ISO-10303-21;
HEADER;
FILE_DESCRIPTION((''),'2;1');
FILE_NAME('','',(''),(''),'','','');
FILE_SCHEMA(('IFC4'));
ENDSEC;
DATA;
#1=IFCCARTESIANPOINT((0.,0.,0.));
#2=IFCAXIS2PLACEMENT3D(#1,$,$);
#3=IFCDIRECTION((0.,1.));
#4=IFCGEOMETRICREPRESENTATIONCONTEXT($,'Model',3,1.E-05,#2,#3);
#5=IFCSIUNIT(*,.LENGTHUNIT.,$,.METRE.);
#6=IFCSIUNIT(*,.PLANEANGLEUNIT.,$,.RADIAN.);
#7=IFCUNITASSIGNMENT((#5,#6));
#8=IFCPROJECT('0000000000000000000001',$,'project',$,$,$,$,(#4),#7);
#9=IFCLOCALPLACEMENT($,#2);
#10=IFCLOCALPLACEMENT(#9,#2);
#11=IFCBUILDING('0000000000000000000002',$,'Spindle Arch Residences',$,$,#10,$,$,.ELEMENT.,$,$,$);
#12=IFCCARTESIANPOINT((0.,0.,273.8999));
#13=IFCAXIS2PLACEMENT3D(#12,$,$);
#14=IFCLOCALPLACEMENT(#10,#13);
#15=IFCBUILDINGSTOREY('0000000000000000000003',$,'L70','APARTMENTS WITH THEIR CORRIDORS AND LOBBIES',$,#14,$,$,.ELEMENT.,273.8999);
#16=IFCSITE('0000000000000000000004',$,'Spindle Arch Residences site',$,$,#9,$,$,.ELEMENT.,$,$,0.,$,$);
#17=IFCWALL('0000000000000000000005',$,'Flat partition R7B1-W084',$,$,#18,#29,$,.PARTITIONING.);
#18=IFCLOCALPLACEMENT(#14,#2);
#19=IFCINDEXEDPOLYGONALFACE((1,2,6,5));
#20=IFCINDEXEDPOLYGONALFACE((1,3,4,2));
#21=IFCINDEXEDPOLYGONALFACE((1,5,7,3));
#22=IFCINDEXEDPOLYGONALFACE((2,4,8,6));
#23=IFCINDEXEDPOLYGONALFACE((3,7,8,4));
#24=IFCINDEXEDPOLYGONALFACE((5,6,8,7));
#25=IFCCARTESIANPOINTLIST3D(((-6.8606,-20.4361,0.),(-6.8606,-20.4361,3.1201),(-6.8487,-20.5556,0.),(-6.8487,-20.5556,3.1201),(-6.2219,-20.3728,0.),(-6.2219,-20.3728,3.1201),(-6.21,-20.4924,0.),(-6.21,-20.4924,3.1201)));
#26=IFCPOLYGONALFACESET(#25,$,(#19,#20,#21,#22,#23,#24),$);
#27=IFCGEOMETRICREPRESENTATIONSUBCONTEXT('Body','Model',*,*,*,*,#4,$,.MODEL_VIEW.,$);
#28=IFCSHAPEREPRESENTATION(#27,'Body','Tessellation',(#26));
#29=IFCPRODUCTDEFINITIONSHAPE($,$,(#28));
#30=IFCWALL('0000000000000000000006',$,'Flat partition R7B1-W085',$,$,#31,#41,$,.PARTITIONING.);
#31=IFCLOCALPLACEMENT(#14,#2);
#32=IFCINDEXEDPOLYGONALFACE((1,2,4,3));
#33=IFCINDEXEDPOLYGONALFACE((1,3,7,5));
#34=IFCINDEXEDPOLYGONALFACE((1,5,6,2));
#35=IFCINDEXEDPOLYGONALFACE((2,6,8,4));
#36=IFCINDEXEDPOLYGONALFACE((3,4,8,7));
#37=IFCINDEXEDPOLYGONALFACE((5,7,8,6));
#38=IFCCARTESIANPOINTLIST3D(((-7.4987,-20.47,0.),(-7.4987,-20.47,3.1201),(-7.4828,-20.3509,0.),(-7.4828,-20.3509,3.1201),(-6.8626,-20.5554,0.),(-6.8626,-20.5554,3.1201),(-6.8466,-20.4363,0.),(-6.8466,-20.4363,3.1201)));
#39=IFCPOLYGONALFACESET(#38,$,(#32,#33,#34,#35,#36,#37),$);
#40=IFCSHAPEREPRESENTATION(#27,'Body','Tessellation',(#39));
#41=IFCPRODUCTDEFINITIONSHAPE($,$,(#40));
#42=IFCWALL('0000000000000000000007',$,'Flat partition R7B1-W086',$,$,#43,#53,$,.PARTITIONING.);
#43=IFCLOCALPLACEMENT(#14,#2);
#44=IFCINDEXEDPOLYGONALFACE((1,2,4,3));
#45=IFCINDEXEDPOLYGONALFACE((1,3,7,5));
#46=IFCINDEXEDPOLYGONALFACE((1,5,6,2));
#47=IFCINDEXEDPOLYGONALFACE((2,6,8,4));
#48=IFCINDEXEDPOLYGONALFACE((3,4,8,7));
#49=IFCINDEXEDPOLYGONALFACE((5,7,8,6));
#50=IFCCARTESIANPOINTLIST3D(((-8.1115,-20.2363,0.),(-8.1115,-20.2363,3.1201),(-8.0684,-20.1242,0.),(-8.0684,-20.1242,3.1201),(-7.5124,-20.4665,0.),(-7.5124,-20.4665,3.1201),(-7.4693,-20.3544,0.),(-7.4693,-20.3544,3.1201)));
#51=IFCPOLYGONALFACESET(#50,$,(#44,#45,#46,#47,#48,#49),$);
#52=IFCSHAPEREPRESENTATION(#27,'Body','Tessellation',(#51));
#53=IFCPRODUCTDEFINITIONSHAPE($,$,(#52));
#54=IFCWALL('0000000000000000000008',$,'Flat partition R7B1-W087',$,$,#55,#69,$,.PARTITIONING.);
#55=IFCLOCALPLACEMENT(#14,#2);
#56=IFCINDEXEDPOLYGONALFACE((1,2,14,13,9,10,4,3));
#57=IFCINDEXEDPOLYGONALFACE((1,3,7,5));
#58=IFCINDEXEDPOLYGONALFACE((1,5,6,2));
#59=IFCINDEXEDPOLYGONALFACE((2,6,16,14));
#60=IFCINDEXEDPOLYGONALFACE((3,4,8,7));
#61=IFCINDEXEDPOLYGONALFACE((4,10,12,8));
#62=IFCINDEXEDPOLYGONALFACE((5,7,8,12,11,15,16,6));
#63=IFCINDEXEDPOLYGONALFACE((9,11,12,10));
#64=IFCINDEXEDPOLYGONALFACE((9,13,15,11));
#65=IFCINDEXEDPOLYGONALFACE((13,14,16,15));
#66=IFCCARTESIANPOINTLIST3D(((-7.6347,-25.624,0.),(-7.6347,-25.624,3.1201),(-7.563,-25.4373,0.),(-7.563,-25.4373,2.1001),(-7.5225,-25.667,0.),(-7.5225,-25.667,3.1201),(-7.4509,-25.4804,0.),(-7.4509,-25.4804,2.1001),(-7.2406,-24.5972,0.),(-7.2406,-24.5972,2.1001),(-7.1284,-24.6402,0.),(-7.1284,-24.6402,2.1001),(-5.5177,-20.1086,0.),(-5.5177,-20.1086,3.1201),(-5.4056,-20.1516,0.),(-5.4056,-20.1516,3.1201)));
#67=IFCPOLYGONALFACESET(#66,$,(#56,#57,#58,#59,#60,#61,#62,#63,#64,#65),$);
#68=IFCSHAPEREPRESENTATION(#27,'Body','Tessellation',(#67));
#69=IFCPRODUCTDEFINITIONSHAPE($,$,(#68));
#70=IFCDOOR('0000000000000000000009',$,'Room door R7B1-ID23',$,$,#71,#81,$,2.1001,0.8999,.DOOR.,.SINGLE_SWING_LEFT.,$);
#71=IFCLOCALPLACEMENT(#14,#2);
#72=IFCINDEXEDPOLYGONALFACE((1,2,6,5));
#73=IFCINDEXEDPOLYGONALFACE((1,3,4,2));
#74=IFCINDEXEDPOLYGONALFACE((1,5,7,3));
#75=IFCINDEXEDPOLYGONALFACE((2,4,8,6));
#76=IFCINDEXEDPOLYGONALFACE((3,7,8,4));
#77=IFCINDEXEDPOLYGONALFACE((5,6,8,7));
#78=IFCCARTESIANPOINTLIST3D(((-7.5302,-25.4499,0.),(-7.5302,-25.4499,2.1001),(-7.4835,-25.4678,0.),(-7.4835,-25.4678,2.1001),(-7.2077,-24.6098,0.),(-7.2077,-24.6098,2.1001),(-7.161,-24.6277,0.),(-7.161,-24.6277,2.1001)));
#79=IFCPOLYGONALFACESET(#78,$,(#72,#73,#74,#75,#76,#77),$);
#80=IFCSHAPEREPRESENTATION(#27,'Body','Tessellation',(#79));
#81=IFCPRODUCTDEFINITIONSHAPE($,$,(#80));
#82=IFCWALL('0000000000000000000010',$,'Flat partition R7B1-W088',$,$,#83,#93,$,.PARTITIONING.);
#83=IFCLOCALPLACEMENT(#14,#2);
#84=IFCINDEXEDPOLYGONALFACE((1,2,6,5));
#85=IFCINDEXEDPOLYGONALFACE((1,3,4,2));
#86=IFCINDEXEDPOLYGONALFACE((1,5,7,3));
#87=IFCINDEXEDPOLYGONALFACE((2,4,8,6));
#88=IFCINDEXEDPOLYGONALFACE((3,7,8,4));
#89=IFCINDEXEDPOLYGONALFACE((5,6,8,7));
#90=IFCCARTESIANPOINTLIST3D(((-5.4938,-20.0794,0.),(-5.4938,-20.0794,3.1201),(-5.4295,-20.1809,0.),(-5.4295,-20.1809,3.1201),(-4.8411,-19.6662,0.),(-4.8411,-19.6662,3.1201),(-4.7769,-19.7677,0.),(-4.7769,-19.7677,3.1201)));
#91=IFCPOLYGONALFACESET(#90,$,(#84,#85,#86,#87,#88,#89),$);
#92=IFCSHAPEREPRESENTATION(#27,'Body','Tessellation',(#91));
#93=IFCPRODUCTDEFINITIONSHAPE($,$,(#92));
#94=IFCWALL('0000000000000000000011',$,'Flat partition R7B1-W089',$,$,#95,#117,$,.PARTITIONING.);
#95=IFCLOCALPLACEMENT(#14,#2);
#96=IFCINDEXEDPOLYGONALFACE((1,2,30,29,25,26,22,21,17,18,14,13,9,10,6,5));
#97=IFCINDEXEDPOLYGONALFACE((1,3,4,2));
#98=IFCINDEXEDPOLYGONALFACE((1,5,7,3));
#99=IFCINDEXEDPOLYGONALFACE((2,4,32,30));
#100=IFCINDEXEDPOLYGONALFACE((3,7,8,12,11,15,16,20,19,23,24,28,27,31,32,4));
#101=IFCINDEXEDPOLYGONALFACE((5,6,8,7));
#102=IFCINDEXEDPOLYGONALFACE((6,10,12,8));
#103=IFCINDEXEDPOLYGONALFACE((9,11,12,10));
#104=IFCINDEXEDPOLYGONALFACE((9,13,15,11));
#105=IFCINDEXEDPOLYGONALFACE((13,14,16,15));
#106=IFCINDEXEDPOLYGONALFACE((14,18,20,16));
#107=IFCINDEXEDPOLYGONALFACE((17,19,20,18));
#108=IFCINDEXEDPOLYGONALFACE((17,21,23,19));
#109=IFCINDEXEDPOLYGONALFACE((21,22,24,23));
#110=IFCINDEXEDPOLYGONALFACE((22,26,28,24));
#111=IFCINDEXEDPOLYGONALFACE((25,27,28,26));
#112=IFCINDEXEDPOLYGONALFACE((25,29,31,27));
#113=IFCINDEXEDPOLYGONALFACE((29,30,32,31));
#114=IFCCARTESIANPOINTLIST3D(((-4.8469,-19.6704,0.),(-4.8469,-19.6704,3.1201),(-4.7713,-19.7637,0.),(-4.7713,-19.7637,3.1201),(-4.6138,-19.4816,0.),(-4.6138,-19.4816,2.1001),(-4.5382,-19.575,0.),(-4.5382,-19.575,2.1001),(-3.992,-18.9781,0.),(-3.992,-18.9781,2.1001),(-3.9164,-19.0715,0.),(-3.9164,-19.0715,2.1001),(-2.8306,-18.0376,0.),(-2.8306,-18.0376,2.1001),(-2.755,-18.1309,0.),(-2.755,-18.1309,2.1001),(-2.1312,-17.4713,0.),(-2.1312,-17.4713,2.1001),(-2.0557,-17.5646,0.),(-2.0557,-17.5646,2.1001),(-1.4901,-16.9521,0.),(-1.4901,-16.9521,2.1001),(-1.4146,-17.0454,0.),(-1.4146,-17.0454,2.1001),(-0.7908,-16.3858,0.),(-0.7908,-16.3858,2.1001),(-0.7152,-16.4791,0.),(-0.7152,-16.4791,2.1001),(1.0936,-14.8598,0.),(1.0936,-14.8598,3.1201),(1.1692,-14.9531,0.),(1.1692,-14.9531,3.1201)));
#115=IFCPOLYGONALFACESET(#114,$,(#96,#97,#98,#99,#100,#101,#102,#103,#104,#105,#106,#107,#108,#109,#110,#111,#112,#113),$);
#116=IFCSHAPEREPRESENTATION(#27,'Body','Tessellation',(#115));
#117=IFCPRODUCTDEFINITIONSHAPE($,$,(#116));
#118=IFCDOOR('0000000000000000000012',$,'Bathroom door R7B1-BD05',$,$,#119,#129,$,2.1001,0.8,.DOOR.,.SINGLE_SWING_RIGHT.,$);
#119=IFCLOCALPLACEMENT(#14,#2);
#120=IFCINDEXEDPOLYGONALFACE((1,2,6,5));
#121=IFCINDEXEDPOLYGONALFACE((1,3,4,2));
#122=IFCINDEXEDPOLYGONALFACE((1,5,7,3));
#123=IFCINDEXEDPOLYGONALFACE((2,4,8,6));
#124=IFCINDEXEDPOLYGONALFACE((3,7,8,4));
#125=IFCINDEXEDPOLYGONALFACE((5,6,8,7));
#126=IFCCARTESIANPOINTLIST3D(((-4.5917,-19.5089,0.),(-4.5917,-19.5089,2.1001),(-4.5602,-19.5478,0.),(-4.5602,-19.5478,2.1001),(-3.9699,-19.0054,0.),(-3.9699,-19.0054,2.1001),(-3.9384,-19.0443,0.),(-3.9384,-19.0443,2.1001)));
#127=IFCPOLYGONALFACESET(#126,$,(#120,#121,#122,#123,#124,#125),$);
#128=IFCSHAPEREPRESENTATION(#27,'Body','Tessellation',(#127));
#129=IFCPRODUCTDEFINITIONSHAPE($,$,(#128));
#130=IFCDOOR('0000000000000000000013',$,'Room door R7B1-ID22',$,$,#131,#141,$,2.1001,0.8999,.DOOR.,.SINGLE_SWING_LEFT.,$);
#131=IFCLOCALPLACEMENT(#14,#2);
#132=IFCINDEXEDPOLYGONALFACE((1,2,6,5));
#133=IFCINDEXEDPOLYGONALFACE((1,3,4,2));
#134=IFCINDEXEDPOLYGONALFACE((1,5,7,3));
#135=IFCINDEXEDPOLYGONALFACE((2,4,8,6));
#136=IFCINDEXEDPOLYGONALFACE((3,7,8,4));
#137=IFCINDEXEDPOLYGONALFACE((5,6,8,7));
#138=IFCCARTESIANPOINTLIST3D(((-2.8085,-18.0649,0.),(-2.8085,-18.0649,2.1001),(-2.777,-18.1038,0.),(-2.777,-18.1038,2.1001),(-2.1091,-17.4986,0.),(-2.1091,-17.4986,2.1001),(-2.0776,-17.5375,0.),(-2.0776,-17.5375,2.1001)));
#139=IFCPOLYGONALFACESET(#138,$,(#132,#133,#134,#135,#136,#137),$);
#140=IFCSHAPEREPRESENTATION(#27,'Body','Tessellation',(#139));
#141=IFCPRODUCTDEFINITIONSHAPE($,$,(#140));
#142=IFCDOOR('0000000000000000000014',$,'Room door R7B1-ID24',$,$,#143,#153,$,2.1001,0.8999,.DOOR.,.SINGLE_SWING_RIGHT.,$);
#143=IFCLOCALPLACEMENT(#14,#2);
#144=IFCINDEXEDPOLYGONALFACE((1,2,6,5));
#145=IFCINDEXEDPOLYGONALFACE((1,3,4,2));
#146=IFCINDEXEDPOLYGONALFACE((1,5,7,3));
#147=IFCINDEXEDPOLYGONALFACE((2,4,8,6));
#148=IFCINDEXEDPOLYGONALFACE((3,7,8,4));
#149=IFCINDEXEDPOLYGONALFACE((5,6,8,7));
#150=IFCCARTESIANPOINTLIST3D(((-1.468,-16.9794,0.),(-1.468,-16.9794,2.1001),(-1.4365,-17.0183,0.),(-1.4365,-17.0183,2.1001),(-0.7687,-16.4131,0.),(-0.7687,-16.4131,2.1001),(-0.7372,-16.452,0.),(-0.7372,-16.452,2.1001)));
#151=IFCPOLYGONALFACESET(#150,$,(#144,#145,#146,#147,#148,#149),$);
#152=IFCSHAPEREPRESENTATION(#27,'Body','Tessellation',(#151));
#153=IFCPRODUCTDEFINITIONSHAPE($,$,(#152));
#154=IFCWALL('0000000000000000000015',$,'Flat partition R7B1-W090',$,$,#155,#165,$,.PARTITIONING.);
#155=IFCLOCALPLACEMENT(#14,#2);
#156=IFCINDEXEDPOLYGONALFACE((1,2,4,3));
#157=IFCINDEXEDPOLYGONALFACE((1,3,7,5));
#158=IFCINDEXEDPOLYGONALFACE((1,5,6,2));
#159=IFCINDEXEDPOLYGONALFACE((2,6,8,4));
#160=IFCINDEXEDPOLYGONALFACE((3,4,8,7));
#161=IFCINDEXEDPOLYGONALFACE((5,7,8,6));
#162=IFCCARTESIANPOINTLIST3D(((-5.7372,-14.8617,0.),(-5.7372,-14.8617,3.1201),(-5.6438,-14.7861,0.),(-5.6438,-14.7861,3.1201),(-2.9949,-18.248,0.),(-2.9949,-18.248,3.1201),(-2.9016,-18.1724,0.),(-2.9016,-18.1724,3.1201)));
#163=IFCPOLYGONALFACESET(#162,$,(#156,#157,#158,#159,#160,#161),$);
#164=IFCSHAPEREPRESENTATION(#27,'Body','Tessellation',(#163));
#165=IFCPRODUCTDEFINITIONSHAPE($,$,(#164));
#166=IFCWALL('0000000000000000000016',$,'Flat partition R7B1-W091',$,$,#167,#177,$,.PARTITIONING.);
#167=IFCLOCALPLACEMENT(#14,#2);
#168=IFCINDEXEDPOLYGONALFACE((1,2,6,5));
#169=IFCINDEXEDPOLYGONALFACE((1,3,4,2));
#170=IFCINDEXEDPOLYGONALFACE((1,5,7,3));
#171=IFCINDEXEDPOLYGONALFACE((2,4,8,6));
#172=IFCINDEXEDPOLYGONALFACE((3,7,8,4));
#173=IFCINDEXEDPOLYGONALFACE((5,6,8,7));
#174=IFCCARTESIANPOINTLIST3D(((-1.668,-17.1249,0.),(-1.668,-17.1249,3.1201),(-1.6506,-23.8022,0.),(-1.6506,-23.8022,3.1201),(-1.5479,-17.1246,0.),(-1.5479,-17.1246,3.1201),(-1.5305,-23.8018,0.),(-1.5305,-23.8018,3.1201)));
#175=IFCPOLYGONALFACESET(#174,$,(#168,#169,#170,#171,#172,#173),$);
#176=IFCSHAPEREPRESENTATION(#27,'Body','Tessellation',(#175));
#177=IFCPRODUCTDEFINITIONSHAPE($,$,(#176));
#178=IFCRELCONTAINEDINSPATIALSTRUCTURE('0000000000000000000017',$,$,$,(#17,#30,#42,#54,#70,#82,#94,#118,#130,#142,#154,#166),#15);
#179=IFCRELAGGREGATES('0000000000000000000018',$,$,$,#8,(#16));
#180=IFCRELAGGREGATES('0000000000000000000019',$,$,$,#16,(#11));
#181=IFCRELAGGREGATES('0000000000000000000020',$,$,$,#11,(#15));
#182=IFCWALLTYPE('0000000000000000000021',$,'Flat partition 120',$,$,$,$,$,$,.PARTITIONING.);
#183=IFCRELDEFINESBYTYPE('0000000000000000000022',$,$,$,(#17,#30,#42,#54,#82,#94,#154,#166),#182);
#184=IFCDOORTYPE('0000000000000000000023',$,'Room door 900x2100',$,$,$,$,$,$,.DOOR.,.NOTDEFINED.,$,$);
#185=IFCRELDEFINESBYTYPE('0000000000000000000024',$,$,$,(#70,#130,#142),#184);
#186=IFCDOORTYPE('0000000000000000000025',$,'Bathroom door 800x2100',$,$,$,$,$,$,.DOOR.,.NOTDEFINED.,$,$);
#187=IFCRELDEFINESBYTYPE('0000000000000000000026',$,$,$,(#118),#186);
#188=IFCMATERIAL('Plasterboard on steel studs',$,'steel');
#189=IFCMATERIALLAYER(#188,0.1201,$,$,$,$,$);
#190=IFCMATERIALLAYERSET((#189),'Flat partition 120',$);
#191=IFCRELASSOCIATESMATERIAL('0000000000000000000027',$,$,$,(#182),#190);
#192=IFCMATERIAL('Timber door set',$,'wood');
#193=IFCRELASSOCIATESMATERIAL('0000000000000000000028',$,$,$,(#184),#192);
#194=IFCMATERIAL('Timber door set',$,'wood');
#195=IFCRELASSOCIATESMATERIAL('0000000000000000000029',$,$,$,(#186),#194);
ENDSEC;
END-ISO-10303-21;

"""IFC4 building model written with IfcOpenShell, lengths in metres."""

from ifc_helpers import new_model, si_unit, direction, frame, frame_2d, origin, place, context, subcontext, project, spatial, rectangle, extrude, material, layer, layer_set, type_object, element, fill, save


model = new_model("IFC4")

# Units and contexts
model_context = context("Model", 3, precision=1e-05, world=origin(), true_north=direction((0.0, 1.0)))
body_context = subcontext(model_context, "Body", "Model", "MODEL_VIEW")
ifc_project = project(units=[si_unit("LENGTHUNIT", "METRE"), si_unit("PLANEANGLEUNIT", "RADIAN")], contexts=[model_context])

# Site, building, storey
site_placement = place(None, origin())
site = spatial("IfcSite", under=ifc_project, at=site_placement, Name="Spindle Arch Residences site", CompositionType="ELEMENT", RefElevation=0.0)
building_placement = place(site_placement, origin())
building = spatial("IfcBuilding", under=site, at=building_placement, Name="Spindle Arch Residences", CompositionType="ELEMENT")
storey_placement = place(building_placement, frame((0.0, 0.0, 273.8999)))
storey = spatial("IfcBuildingStorey", under=building, at=storey_placement, Name="L70", Description="APARTMENTS WITH THEIR CORRIDORS AND LOBBIES", CompositionType="ELEMENT", Elevation=273.8999)

# Walls
ifc_material_1 = material(Name="Plasterboard on steel studs", Category="steel")
ifc_layer_1 = layer(ifc_material_1, 0.1201)
ifc_layer_set_1 = layer_set([ifc_layer_1], Name="Flat partition 120")
wall_type_1 = type_object("IfcWallType", Name="Flat partition 120", PredefinedType="PARTITIONING", material=ifc_layer_set_1)
for number, where, z_axis, x_axis, name in (
    (1, (-6.2161, -20.4326, 0.0), (0.0, 0.0, 1.0), (-0.995135, -0.098524, 0.0), "Flat partition R7B1-W084"),
    (2, (-6.8547, -20.4958, 0.0), (0.0, 0.0, 1.0), (-0.991101, 0.13311, 0.0), "Flat partition R7B1-W085"),
    (3, (-7.491, -20.4104, 0.0), (0.0, 0.0, 1.0), (-0.933453, 0.358699, 0.0), "Flat partition R7B1-W086"),
):
    element("IfcWall", number, at=place(storey_placement, frame(where, z_axis=z_axis, x_axis=x_axis)), inside=storey, type_object=wall_type_1, Name=name, PredefinedType="PARTITIONING", context=body_context, shape_type="SweptSolid", body=[
        extrude(rectangle(XDim=0.6418, YDim=0.1201, at=frame_2d((0.3208, 0.0))), origin(), (0.0, 0.0, 1.0), 3.1201),
    ])

# Wall, opening, door
wall_1_placement = place(storey_placement, frame((-7.5786, -25.6455, 0.0), z_axis=(0.0, 0.0, 1.0), x_axis=(0.358337, 0.933592, 0.0)))
wall_1 = element("IfcWall", 4, at=wall_1_placement, inside=storey, type_object=wall_type_1, Name="Flat partition R7B1-W087", PredefinedType="PARTITIONING", context=body_context, shape_type="SweptSolid", body=[
    extrude(rectangle(XDim=5.9077, YDim=0.1201, at=frame_2d((2.9539, 0.0))), origin(), (0.0, 0.0, 1.0), 3.1201),
])
opening_1_placement = place(wall_1_placement, frame((0.2, 0.0, 0.0)))
opening_1 = element("IfcOpeningElement", 5, at=opening_1_placement, cuts=wall_1, PredefinedType="OPENING", context=body_context, shape_type="SweptSolid", body=[
    extrude(rectangle(XDim=0.8999, YDim=2.1001, at=frame_2d((0.45, 1.05))), frame((0.0, 0.0701, 0.0), z_axis=(0.0, -1.0, 0.0), x_axis=(1.0, 0.0, 0.0)), (0.0, 0.0, 1.0), 0.1401),
])
ifc_material_2 = material(Name="Timber door set", Category="wood")
door_type_1 = type_object("IfcDoorType", Name="Room door 900x2100", OperationType="NOTDEFINED", PredefinedType="DOOR", material=ifc_material_2)
door_1_placement = place(opening_1_placement, origin())
door_1 = element("IfcDoor", 6, at=door_1_placement, inside=storey, type_object=door_type_1, Name="Room door R7B1-ID23", OperationType="SINGLE_SWING_LEFT", OverallHeight=2.1001, OverallWidth=0.8999, PredefinedType="DOOR", context=body_context, shape_type="SweptSolid", body=[
    extrude(rectangle(XDim=0.8999, YDim=2.1001, at=frame_2d((0.45, 1.05))), frame((0.0, 0.0249, 0.0), z_axis=(0.0, -1.0, 0.0), x_axis=(1.0, 0.0, 0.0)), (0.0, 0.0, 1.0), 0.05),
])
fill(opening_1, door_1)

# Wall
wall_2_placement = place(storey_placement, frame((-5.4617, -20.1301, 0.0), z_axis=(0.0, 0.0, 1.0), x_axis=(0.844948, 0.534849, 0.0)))
element("IfcWall", 7, at=wall_2_placement, inside=storey, type_object=wall_type_1, Name="Flat partition R7B1-W088", PredefinedType="PARTITIONING", context=body_context, shape_type="SweptSolid", body=[
    extrude(rectangle(XDim=0.7725, YDim=0.1201, at=frame_2d((0.3862, 0.0))), origin(), (0.0, 0.0, 1.0), 3.1201),
])

# Wall, openings, doors
wall_3_placement = place(storey_placement, frame((-4.8091, -19.717, 0.0), z_axis=(0.0, 0.0, 1.0), x_axis=(0.777141, 0.629327, 0.0)))
wall_3 = element("IfcWall", 8, at=wall_3_placement, inside=storey, type_object=wall_type_1, Name="Flat partition R7B1-W089", PredefinedType="PARTITIONING", context=body_context, shape_type="SweptSolid", body=[
    extrude(rectangle(XDim=7.644, YDim=0.1201, at=frame_2d((3.822, 0.0))), origin(), (0.0, 0.0, 1.0), 3.1201),
])
opening_2_placement = place(wall_3_placement, frame((2.5945, 0.0, 0.0)))
opening_2 = element("IfcOpeningElement", 9, at=opening_2_placement, cuts=wall_3, PredefinedType="OPENING", context=body_context, shape_type="SweptSolid", body=[
    extrude(rectangle(XDim=0.8999, YDim=2.1001, at=frame_2d((0.45, 1.05))), frame((0.0, 0.0701, 0.0), z_axis=(0.0, -1.0, 0.0), x_axis=(1.0, 0.0, 0.0)), (0.0, 0.0, 1.0), 0.1401),
])
opening_3_placement = place(wall_3_placement, frame((0.3, 0.0, 0.0)))
opening_3 = element("IfcOpeningElement", 10, at=opening_3_placement, cuts=wall_3, PredefinedType="OPENING", context=body_context, shape_type="SweptSolid", body=[
    extrude(rectangle(XDim=0.8, YDim=2.1001, at=frame_2d((0.3999, 1.05))), frame((0.0, 0.0701, 0.0), z_axis=(0.0, -1.0, 0.0), x_axis=(1.0, 0.0, 0.0)), (0.0, 0.0, 1.0), 0.1401),
])
opening_4_placement = place(wall_3_placement, frame((4.3193, 0.0, 0.0)))
opening_4 = element("IfcOpeningElement", 11, at=opening_4_placement, cuts=wall_3, PredefinedType="OPENING", context=body_context, shape_type="SweptSolid", body=[
    extrude(rectangle(XDim=0.8999, YDim=2.1001, at=frame_2d((0.45, 1.05))), frame((0.0, 0.0701, 0.0), z_axis=(0.0, -1.0, 0.0), x_axis=(1.0, 0.0, 0.0)), (0.0, 0.0, 1.0), 0.1401),
])
ifc_material_3 = material(Name="Timber door set", Category="wood")
door_type_2 = type_object("IfcDoorType", Name="Bathroom door 800x2100", OperationType="NOTDEFINED", PredefinedType="DOOR", material=ifc_material_3)
door_2_placement = place(opening_3_placement, origin())
door_2 = element("IfcDoor", 12, at=door_2_placement, inside=storey, type_object=door_type_2, Name="Bathroom door R7B1-BD05", OperationType="SINGLE_SWING_RIGHT", OverallHeight=2.1001, OverallWidth=0.8, PredefinedType="DOOR", context=body_context, shape_type="SweptSolid", body=[
    extrude(rectangle(XDim=0.8, YDim=2.1001, at=frame_2d((0.3999, 1.05))), frame((0.0, 0.0249, 0.0), z_axis=(0.0, -1.0, 0.0), x_axis=(1.0, 0.0, 0.0)), (0.0, 0.0, 1.0), 0.05),
])
fill(opening_3, door_2)
door_3_placement = place(opening_2_placement, origin())
door_3 = element("IfcDoor", 13, at=door_3_placement, inside=storey, type_object=door_type_1, Name="Room door R7B1-ID22", OperationType="SINGLE_SWING_LEFT", OverallHeight=2.1001, OverallWidth=0.8999, PredefinedType="DOOR", context=body_context, shape_type="SweptSolid", body=[
    extrude(rectangle(XDim=0.8999, YDim=2.1001, at=frame_2d((0.45, 1.05))), frame((0.0, 0.0249, 0.0), z_axis=(0.0, -1.0, 0.0), x_axis=(1.0, 0.0, 0.0)), (0.0, 0.0, 1.0), 0.05),
])
fill(opening_2, door_3)
door_4_placement = place(opening_4_placement, origin())
door_4 = element("IfcDoor", 14, at=door_4_placement, inside=storey, type_object=door_type_1, Name="Room door R7B1-ID24", OperationType="SINGLE_SWING_RIGHT", OverallHeight=2.1001, OverallWidth=0.8999, PredefinedType="DOOR", context=body_context, shape_type="SweptSolid", body=[
    extrude(rectangle(XDim=0.8999, YDim=2.1001, at=frame_2d((0.45, 1.05))), frame((0.0, 0.0249, 0.0), z_axis=(0.0, -1.0, 0.0), x_axis=(1.0, 0.0, 0.0)), (0.0, 0.0, 1.0), 0.05),
])
fill(opening_4, door_4)

# Walls
wall_4_placement = place(storey_placement, frame((-2.9482, -18.2102, 0.0), z_axis=(0.0, 0.0, 1.0), x_axis=(-0.62933, 0.777138, 0.0)))
element("IfcWall", 15, at=wall_4_placement, inside=storey, type_object=wall_type_1, Name="Flat partition R7B1-W090", PredefinedType="PARTITIONING", context=body_context, shape_type="SweptSolid", body=[
    extrude(rectangle(XDim=4.3574, YDim=0.1201, at=frame_2d((2.1787, 0.0))), origin(), (0.0, 0.0, 1.0), 3.1201),
])
wall_5_placement = place(storey_placement, frame((-1.5906, -23.802, 0.0), z_axis=(0.0, 0.0, 1.0), x_axis=(-0.002596, 0.999997, 0.0)))
element("IfcWall", 16, at=wall_5_placement, inside=storey, type_object=wall_type_1, Name="Flat partition R7B1-W091", PredefinedType="PARTITIONING", context=body_context, shape_type="SweptSolid", body=[
    extrude(rectangle(XDim=6.6772, YDim=0.1201, at=frame_2d((3.3386, 0.0))), origin(), (0.0, 0.0, 1.0), 3.1201),
])

save(model, "model.ifc")
